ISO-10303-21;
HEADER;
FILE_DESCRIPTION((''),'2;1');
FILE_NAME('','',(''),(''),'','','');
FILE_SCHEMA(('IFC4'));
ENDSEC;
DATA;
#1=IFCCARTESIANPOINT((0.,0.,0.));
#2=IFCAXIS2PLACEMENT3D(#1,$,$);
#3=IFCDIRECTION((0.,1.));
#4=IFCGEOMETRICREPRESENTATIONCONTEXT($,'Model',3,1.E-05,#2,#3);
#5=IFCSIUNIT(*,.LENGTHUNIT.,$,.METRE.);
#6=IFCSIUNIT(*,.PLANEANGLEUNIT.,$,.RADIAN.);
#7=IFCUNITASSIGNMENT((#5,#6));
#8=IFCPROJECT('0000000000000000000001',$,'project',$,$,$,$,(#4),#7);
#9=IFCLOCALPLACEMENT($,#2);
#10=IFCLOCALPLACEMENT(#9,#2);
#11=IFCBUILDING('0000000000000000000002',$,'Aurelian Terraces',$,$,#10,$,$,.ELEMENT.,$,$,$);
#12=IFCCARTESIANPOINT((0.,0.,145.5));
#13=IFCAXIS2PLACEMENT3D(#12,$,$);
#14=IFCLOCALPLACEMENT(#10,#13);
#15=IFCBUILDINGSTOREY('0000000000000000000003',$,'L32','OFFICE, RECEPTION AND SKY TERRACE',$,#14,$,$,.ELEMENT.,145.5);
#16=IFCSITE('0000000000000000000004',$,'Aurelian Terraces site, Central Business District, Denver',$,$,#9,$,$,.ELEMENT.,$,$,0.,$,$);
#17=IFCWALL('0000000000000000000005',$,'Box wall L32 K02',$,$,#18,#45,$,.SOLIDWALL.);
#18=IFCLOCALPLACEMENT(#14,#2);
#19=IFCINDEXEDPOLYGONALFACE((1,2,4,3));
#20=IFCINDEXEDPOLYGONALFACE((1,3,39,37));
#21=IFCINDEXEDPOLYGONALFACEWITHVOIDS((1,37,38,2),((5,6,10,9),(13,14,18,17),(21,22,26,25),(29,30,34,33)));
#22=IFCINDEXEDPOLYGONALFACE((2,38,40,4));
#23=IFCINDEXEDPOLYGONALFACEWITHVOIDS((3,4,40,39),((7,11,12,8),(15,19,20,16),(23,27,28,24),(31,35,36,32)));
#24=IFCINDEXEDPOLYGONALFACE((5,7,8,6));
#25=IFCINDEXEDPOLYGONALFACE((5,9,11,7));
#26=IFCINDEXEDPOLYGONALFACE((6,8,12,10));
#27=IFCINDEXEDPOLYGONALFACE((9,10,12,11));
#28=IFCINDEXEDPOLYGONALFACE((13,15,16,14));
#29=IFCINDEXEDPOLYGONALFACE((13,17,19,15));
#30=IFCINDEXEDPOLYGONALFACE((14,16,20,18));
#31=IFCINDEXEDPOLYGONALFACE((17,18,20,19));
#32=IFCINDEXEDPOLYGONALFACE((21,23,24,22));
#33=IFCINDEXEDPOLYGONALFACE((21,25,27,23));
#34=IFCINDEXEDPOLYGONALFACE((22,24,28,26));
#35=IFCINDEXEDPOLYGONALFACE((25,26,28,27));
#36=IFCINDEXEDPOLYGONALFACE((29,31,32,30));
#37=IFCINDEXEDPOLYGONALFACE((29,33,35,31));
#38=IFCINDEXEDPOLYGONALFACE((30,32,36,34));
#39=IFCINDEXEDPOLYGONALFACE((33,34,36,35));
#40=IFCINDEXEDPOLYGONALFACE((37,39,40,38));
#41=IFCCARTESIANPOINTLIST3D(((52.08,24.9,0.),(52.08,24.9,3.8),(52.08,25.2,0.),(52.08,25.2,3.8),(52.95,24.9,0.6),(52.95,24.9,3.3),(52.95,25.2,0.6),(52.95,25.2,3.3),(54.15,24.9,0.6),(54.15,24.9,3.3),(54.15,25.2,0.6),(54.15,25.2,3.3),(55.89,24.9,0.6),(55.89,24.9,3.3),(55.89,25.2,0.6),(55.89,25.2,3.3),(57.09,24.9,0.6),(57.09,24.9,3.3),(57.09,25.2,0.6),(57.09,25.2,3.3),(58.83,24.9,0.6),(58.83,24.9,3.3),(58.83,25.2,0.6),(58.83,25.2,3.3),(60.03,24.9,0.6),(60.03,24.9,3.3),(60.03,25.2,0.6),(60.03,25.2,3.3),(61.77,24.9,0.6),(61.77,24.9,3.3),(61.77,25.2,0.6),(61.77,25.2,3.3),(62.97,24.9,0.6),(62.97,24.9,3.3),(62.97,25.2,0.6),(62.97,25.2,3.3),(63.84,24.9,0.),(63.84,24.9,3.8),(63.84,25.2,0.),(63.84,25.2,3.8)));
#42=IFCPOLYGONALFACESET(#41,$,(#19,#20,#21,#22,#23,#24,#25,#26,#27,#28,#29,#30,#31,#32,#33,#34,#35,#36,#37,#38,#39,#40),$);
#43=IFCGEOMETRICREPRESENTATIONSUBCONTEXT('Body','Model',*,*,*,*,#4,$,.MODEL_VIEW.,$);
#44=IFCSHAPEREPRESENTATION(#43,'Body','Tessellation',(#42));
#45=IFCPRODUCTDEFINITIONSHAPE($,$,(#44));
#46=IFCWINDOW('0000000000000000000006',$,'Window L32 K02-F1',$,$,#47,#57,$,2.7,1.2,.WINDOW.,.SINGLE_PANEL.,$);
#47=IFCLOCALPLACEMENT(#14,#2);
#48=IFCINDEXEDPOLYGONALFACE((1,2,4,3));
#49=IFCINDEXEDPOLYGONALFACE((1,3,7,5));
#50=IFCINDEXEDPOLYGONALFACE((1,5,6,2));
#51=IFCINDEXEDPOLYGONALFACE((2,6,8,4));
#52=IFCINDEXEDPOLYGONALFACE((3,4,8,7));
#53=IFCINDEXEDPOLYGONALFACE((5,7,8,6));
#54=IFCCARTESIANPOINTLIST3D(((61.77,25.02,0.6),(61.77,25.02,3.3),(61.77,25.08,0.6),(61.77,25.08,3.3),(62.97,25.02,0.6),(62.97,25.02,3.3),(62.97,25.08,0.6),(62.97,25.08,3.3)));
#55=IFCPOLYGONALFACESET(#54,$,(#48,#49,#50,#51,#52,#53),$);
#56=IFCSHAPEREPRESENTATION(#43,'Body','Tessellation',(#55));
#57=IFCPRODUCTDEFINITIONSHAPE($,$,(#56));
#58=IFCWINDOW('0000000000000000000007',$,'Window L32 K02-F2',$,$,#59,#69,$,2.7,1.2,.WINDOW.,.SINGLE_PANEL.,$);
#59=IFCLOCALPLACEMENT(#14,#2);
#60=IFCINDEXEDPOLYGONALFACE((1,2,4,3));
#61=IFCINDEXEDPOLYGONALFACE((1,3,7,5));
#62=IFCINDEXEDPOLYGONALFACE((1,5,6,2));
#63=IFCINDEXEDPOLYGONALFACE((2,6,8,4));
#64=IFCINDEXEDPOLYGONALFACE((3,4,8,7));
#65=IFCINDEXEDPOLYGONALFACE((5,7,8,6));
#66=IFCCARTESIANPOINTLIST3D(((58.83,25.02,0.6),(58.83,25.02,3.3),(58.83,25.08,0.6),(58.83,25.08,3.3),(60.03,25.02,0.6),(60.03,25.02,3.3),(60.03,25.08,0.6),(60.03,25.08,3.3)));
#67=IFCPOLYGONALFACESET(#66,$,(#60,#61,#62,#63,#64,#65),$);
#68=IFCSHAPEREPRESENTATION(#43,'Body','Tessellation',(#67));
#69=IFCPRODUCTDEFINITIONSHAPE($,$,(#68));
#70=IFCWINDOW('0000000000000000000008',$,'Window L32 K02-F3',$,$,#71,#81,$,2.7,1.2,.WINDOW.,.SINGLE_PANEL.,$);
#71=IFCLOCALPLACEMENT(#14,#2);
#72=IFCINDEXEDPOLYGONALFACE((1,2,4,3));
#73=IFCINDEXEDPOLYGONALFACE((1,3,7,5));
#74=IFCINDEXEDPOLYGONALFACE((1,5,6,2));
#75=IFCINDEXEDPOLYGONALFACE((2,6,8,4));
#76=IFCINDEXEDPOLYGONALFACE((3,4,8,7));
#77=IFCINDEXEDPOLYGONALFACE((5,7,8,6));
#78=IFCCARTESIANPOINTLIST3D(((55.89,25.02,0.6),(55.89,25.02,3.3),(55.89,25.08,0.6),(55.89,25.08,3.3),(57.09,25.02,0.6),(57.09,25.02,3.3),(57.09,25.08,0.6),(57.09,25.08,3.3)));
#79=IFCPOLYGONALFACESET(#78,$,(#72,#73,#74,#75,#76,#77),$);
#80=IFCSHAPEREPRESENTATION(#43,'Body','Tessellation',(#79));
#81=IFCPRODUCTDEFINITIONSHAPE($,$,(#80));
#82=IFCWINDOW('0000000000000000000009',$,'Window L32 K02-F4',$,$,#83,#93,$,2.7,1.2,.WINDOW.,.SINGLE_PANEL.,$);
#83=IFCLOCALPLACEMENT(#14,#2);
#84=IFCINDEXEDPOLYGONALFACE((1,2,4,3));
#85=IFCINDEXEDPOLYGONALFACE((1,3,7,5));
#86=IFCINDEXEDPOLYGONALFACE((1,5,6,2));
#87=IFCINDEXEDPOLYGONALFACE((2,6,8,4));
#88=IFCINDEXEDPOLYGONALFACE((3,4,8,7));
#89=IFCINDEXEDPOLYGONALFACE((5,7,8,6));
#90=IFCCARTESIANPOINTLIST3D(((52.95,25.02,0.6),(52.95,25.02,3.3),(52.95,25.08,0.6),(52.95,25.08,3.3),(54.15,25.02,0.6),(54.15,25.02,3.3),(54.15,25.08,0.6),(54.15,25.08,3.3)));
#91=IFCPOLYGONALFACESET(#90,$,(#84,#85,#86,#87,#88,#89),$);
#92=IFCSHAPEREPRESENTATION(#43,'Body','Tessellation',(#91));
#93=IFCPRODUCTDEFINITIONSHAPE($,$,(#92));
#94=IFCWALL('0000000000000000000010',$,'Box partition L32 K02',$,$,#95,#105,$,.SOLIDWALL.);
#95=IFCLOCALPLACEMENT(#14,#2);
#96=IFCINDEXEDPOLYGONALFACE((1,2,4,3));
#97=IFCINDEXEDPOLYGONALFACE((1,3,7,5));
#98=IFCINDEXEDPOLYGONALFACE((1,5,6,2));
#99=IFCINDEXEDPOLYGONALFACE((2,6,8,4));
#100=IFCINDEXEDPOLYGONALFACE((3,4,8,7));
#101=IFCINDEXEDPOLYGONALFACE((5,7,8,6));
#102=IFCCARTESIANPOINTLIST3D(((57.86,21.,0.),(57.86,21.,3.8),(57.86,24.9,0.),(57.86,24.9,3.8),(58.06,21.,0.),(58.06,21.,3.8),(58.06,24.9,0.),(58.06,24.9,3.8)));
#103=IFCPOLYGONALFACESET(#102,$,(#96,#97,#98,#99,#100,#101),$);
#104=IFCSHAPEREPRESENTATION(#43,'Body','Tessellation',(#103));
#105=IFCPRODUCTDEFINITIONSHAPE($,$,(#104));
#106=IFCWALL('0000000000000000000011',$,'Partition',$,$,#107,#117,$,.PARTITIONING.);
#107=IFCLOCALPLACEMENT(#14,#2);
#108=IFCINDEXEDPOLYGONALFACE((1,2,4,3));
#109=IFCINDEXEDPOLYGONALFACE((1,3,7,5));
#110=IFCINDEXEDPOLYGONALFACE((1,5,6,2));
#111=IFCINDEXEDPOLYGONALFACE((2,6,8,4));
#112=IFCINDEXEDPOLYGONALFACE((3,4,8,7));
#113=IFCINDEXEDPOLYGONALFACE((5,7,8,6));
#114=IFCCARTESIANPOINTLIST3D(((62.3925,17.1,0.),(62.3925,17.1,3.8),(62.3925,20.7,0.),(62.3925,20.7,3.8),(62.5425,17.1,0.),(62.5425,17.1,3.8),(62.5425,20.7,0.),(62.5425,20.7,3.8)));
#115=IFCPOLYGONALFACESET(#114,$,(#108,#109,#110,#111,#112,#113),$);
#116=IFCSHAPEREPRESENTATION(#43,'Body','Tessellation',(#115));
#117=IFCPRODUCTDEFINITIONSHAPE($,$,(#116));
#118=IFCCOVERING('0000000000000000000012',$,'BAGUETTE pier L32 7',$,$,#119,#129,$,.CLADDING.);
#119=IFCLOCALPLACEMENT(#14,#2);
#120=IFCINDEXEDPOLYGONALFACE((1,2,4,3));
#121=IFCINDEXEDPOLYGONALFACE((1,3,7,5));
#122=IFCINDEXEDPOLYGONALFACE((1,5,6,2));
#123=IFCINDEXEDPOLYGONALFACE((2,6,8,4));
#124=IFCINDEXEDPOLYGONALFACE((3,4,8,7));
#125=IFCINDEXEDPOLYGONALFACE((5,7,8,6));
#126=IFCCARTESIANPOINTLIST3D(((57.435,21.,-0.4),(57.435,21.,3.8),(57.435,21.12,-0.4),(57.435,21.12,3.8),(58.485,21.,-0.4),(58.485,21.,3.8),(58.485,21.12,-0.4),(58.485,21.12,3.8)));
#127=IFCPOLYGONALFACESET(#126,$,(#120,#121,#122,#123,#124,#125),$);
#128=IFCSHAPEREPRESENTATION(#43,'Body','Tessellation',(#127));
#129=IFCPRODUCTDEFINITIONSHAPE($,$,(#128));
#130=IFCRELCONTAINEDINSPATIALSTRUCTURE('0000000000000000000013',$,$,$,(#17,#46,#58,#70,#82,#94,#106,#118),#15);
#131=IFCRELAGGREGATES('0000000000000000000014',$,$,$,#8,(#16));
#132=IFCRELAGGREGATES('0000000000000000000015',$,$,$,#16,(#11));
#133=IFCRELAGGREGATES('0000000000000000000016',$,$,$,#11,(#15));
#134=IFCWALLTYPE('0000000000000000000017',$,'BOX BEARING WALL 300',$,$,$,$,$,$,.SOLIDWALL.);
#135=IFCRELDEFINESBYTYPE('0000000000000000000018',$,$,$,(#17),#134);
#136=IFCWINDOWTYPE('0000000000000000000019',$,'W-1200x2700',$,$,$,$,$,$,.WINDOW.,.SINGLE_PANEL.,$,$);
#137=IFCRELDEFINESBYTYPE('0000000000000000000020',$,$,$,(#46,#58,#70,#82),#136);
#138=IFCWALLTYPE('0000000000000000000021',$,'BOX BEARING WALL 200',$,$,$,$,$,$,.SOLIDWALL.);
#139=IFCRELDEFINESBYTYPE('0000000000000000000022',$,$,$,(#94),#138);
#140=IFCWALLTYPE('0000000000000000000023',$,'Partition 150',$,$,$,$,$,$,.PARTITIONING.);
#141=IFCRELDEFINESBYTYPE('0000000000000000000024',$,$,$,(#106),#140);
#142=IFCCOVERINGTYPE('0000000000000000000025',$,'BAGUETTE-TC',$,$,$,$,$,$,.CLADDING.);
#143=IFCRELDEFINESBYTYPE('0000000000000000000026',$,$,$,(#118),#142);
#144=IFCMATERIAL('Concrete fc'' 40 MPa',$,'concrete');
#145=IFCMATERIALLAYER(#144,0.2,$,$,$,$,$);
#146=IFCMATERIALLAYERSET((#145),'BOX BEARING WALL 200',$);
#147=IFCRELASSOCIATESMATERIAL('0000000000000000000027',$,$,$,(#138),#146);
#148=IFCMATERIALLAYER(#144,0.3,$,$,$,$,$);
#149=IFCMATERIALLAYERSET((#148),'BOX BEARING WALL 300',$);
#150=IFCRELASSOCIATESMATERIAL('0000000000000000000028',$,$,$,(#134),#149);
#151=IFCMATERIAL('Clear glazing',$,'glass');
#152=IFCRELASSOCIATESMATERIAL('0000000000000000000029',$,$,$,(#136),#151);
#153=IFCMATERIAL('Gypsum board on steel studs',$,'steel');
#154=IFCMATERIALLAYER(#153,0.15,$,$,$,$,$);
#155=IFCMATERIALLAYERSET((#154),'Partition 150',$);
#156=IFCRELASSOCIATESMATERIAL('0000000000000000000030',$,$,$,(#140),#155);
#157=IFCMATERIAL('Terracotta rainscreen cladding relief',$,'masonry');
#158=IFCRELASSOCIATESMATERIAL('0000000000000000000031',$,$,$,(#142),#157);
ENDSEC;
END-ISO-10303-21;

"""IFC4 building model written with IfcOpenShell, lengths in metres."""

from ifc_helpers import new_model, si_unit, direction, frame, frame_2d, origin, origin_2d, place, context, subcontext, project, spatial, rectangle, extrude, source, transform, mapped, material, layer, layer_set, type_object, element, fill, save


model = new_model("IFC4")

# Units and contexts
model_context = context("Model", 3, precision=1e-05, world=origin(), true_north=direction((0.0, 1.0)))
body_context = subcontext(model_context, "Body", "Model", "MODEL_VIEW")
ifc_project = project(units=[si_unit("LENGTHUNIT", "METRE"), si_unit("PLANEANGLEUNIT", "RADIAN")], contexts=[model_context])

# Site, building, storey
site_placement = place(None, origin())
site = spatial("IfcSite", under=ifc_project, at=site_placement, Name="Aurelian Terraces site, Central Business District, Denver", CompositionType="ELEMENT", RefElevation=0.0)
building_placement = place(site_placement, origin())
building = spatial("IfcBuilding", under=site, at=building_placement, Name="Aurelian Terraces", CompositionType="ELEMENT")
storey_placement = place(building_placement, frame((0.0, 0.0, 145.5)))
storey = spatial("IfcBuildingStorey", under=building, at=storey_placement, Name="L32", Description="OFFICE, RECEPTION AND SKY TERRACE", CompositionType="ELEMENT", Elevation=145.5)

# Shared definitions
ifc_material_1 = material(Name="Concrete fc' 40 MPa", Category="concrete")
ifc_layer_1 = layer(ifc_material_1, 0.2)
ifc_layer_set_1 = layer_set([ifc_layer_1], Name="BOX BEARING WALL 200")
wall_type_1 = type_object("IfcWallType", Name="BOX BEARING WALL 200", PredefinedType="SOLIDWALL", material=ifc_layer_set_1)
ifc_material_2 = material(Name="Clear glazing", Category="glass")

# Wall, openings, windows
ifc_layer_2 = layer(ifc_material_1, 0.3)
ifc_layer_set_2 = layer_set([ifc_layer_2], Name="BOX BEARING WALL 300")
wall_type_2 = type_object("IfcWallType", Name="BOX BEARING WALL 300", PredefinedType="SOLIDWALL", material=ifc_layer_set_2)
shared_shape_1 = source(origin(), body_context, "Body", "SweptSolid", [
    extrude(rectangle(XDim=11.76, YDim=0.3, at=frame_2d((5.88, 0.0))), origin(), (0.0, 0.0, 1.0), 3.8),
])
wall_1_placement = place(storey_placement, frame((63.84, 25.05, 0.0), z_axis=(0.0, 0.0, 1.0), x_axis=(-1.0, 0.0, 0.0)))
wall_1 = element("IfcWall", 1, at=wall_1_placement, inside=storey, type_object=wall_type_2, Name="Box wall L32 K02", PredefinedType="SOLIDWALL", context=body_context, shape_type="MappedRepresentation", body=[
    mapped(shared_shape_1, transform((0.0, 0.0, 0.0), scale=1.0)),
])
shared_shape_2 = source(origin(), body_context, "Body", "SweptSolid", [
    extrude(rectangle(XDim=1.2, YDim=2.7, at=frame_2d((0.6, 1.35))), frame((0.0, 0.16, 0.0), z_axis=(0.0, -1.0, 0.0), x_axis=(1.0, 0.0, 0.0)), (0.0, 0.0, 1.0), 0.32),
])
opening_1_placement = place(wall_1_placement, frame((0.87, 0.0, 0.6)))
opening_1 = element("IfcOpeningElement", 2, at=opening_1_placement, cuts=wall_1, PredefinedType="OPENING", context=body_context, shape_type="MappedRepresentation", body=[
    mapped(shared_shape_2, transform((0.0, 0.0, 0.0), scale=1.0)),
])
opening_2_placement = place(wall_1_placement, frame((3.81, 0.0, 0.6)))
opening_2 = element("IfcOpeningElement", 3, at=opening_2_placement, cuts=wall_1, PredefinedType="OPENING", context=body_context, shape_type="MappedRepresentation", body=[
    mapped(shared_shape_2, transform((0.0, 0.0, 0.0), scale=1.0)),
])
opening_3_placement = place(wall_1_placement, frame((6.75, 0.0, 0.6)))
opening_3 = element("IfcOpeningElement", 4, at=opening_3_placement, cuts=wall_1, PredefinedType="OPENING", context=body_context, shape_type="MappedRepresentation", body=[
    mapped(shared_shape_2, transform((0.0, 0.0, 0.0), scale=1.0)),
])
opening_4_placement = place(wall_1_placement, frame((9.69, 0.0, 0.6)))
opening_4 = element("IfcOpeningElement", 5, at=opening_4_placement, cuts=wall_1, PredefinedType="OPENING", context=body_context, shape_type="MappedRepresentation", body=[
    mapped(shared_shape_2, transform((0.0, 0.0, 0.0), scale=1.0)),
])
window_type_1 = type_object("IfcWindowType", Name="W-1200x2700", PartitioningType="SINGLE_PANEL", PredefinedType="WINDOW", material=ifc_material_2)
shared_shape_3 = source(origin(), body_context, "Body", "SweptSolid", [
    extrude(rectangle(XDim=1.2, YDim=2.7, at=frame_2d((0.6, 1.35))), frame((0.0, 0.03, 0.0), z_axis=(0.0, -1.0, 0.0), x_axis=(1.0, 0.0, 0.0)), (0.0, 0.0, 1.0), 0.06),
])
window_1_placement = place(opening_1_placement, origin())
window_1 = element("IfcWindow", 6, at=window_1_placement, inside=storey, type_object=window_type_1, Name="Window L32 K02-F1", OverallHeight=2.7, OverallWidth=1.2, PartitioningType="SINGLE_PANEL", PredefinedType="WINDOW", context=body_context, shape_type="MappedRepresentation", body=[
    mapped(shared_shape_3, transform((0.0, 0.0, 0.0), scale=1.0)),
])
fill(opening_1, window_1)
window_2_placement = place(opening_2_placement, origin())
window_2 = element("IfcWindow", 7, at=window_2_placement, inside=storey, type_object=window_type_1, Name="Window L32 K02-F2", OverallHeight=2.7, OverallWidth=1.2, PartitioningType="SINGLE_PANEL", PredefinedType="WINDOW", context=body_context, shape_type="MappedRepresentation", body=[
    mapped(shared_shape_3, transform((0.0, 0.0, 0.0), scale=1.0)),
])
fill(opening_2, window_2)
window_3_placement = place(opening_3_placement, origin())
window_3 = element("IfcWindow", 8, at=window_3_placement, inside=storey, type_object=window_type_1, Name="Window L32 K02-F3", OverallHeight=2.7, OverallWidth=1.2, PartitioningType="SINGLE_PANEL", PredefinedType="WINDOW", context=body_context, shape_type="MappedRepresentation", body=[
    mapped(shared_shape_3, transform((0.0, 0.0, 0.0), scale=1.0)),
])
fill(opening_3, window_3)
window_4_placement = place(opening_4_placement, origin())
window_4 = element("IfcWindow", 9, at=window_4_placement, inside=storey, type_object=window_type_1, Name="Window L32 K02-F4", OverallHeight=2.7, OverallWidth=1.2, PartitioningType="SINGLE_PANEL", PredefinedType="WINDOW", context=body_context, shape_type="MappedRepresentation", body=[
    mapped(shared_shape_3, transform((0.0, 0.0, 0.0), scale=1.0)),
])
fill(opening_4, window_4)

# Walls
shared_shape_4 = source(origin(), body_context, "Body", "SweptSolid", [
    extrude(rectangle(XDim=3.9, YDim=0.2, at=frame_2d((1.95, 0.0))), origin(), (0.0, 0.0, 1.0), 3.8),
])
wall_2_placement = place(storey_placement, frame((57.96, 21.0, 0.0), z_axis=(0.0, 0.0, 1.0), x_axis=(0.0, 1.0, 0.0)))
element("IfcWall", 10, at=wall_2_placement, inside=storey, type_object=wall_type_1, Name="Box partition L32 K02", PredefinedType="SOLIDWALL", context=body_context, shape_type="MappedRepresentation", body=[
    mapped(shared_shape_4, transform((0.0, 0.0, 0.0), scale=1.0)),
])
ifc_material_3 = material(Name="Gypsum board on steel studs", Category="steel")
ifc_layer_3 = layer(ifc_material_3, 0.15)
ifc_layer_set_3 = layer_set([ifc_layer_3], Name="Partition 150")
wall_type_3 = type_object("IfcWallType", Name="Partition 150", PredefinedType="PARTITIONING", material=ifc_layer_set_3)
shared_shape_5 = source(origin(), body_context, "Body", "SweptSolid", [
    extrude(rectangle(XDim=3.6, YDim=0.15, at=frame_2d((1.8, 0.0))), origin(), (0.0, 0.0, 1.0), 3.8),
])
wall_3_placement = place(storey_placement, frame((62.4675, 20.7, 0.0), z_axis=(0.0, 0.0, 1.0), x_axis=(0.0, -1.0, 0.0)))
element("IfcWall", 11, at=wall_3_placement, inside=storey, type_object=wall_type_3, Name="Partition", PredefinedType="PARTITIONING", context=body_context, shape_type="MappedRepresentation", body=[
    mapped(shared_shape_5, transform((0.0, 0.0, 0.0), scale=1.0)),
])

# Covering
ifc_material_4 = material(Name="Terracotta rainscreen cladding relief", Category="masonry")
covering_type = type_object("IfcCoveringType", Name="BAGUETTE-TC", PredefinedType="CLADDING", material=ifc_material_4)
shared_shape_6 = source(origin(), body_context, "Body", "SweptSolid", [
    extrude(rectangle(XDim=1.05, YDim=0.12, at=origin_2d()), origin(), (0.0, 0.0, 1.0), 4.2),
])
covering_placement = place(storey_placement, frame((57.96, 21.06, -0.4), z_axis=(0.0, 0.0, 1.0), x_axis=(1.0, 0.0, 0.0)))
element("IfcCovering", 12, at=covering_placement, inside=storey, type_object=covering_type, Name="BAGUETTE pier L32 7", PredefinedType="CLADDING", context=body_context, shape_type="MappedRepresentation", body=[
    mapped(shared_shape_6, transform((0.0, 0.0, 0.0), scale=1.0)),
])

save(model, "model.ifc")
